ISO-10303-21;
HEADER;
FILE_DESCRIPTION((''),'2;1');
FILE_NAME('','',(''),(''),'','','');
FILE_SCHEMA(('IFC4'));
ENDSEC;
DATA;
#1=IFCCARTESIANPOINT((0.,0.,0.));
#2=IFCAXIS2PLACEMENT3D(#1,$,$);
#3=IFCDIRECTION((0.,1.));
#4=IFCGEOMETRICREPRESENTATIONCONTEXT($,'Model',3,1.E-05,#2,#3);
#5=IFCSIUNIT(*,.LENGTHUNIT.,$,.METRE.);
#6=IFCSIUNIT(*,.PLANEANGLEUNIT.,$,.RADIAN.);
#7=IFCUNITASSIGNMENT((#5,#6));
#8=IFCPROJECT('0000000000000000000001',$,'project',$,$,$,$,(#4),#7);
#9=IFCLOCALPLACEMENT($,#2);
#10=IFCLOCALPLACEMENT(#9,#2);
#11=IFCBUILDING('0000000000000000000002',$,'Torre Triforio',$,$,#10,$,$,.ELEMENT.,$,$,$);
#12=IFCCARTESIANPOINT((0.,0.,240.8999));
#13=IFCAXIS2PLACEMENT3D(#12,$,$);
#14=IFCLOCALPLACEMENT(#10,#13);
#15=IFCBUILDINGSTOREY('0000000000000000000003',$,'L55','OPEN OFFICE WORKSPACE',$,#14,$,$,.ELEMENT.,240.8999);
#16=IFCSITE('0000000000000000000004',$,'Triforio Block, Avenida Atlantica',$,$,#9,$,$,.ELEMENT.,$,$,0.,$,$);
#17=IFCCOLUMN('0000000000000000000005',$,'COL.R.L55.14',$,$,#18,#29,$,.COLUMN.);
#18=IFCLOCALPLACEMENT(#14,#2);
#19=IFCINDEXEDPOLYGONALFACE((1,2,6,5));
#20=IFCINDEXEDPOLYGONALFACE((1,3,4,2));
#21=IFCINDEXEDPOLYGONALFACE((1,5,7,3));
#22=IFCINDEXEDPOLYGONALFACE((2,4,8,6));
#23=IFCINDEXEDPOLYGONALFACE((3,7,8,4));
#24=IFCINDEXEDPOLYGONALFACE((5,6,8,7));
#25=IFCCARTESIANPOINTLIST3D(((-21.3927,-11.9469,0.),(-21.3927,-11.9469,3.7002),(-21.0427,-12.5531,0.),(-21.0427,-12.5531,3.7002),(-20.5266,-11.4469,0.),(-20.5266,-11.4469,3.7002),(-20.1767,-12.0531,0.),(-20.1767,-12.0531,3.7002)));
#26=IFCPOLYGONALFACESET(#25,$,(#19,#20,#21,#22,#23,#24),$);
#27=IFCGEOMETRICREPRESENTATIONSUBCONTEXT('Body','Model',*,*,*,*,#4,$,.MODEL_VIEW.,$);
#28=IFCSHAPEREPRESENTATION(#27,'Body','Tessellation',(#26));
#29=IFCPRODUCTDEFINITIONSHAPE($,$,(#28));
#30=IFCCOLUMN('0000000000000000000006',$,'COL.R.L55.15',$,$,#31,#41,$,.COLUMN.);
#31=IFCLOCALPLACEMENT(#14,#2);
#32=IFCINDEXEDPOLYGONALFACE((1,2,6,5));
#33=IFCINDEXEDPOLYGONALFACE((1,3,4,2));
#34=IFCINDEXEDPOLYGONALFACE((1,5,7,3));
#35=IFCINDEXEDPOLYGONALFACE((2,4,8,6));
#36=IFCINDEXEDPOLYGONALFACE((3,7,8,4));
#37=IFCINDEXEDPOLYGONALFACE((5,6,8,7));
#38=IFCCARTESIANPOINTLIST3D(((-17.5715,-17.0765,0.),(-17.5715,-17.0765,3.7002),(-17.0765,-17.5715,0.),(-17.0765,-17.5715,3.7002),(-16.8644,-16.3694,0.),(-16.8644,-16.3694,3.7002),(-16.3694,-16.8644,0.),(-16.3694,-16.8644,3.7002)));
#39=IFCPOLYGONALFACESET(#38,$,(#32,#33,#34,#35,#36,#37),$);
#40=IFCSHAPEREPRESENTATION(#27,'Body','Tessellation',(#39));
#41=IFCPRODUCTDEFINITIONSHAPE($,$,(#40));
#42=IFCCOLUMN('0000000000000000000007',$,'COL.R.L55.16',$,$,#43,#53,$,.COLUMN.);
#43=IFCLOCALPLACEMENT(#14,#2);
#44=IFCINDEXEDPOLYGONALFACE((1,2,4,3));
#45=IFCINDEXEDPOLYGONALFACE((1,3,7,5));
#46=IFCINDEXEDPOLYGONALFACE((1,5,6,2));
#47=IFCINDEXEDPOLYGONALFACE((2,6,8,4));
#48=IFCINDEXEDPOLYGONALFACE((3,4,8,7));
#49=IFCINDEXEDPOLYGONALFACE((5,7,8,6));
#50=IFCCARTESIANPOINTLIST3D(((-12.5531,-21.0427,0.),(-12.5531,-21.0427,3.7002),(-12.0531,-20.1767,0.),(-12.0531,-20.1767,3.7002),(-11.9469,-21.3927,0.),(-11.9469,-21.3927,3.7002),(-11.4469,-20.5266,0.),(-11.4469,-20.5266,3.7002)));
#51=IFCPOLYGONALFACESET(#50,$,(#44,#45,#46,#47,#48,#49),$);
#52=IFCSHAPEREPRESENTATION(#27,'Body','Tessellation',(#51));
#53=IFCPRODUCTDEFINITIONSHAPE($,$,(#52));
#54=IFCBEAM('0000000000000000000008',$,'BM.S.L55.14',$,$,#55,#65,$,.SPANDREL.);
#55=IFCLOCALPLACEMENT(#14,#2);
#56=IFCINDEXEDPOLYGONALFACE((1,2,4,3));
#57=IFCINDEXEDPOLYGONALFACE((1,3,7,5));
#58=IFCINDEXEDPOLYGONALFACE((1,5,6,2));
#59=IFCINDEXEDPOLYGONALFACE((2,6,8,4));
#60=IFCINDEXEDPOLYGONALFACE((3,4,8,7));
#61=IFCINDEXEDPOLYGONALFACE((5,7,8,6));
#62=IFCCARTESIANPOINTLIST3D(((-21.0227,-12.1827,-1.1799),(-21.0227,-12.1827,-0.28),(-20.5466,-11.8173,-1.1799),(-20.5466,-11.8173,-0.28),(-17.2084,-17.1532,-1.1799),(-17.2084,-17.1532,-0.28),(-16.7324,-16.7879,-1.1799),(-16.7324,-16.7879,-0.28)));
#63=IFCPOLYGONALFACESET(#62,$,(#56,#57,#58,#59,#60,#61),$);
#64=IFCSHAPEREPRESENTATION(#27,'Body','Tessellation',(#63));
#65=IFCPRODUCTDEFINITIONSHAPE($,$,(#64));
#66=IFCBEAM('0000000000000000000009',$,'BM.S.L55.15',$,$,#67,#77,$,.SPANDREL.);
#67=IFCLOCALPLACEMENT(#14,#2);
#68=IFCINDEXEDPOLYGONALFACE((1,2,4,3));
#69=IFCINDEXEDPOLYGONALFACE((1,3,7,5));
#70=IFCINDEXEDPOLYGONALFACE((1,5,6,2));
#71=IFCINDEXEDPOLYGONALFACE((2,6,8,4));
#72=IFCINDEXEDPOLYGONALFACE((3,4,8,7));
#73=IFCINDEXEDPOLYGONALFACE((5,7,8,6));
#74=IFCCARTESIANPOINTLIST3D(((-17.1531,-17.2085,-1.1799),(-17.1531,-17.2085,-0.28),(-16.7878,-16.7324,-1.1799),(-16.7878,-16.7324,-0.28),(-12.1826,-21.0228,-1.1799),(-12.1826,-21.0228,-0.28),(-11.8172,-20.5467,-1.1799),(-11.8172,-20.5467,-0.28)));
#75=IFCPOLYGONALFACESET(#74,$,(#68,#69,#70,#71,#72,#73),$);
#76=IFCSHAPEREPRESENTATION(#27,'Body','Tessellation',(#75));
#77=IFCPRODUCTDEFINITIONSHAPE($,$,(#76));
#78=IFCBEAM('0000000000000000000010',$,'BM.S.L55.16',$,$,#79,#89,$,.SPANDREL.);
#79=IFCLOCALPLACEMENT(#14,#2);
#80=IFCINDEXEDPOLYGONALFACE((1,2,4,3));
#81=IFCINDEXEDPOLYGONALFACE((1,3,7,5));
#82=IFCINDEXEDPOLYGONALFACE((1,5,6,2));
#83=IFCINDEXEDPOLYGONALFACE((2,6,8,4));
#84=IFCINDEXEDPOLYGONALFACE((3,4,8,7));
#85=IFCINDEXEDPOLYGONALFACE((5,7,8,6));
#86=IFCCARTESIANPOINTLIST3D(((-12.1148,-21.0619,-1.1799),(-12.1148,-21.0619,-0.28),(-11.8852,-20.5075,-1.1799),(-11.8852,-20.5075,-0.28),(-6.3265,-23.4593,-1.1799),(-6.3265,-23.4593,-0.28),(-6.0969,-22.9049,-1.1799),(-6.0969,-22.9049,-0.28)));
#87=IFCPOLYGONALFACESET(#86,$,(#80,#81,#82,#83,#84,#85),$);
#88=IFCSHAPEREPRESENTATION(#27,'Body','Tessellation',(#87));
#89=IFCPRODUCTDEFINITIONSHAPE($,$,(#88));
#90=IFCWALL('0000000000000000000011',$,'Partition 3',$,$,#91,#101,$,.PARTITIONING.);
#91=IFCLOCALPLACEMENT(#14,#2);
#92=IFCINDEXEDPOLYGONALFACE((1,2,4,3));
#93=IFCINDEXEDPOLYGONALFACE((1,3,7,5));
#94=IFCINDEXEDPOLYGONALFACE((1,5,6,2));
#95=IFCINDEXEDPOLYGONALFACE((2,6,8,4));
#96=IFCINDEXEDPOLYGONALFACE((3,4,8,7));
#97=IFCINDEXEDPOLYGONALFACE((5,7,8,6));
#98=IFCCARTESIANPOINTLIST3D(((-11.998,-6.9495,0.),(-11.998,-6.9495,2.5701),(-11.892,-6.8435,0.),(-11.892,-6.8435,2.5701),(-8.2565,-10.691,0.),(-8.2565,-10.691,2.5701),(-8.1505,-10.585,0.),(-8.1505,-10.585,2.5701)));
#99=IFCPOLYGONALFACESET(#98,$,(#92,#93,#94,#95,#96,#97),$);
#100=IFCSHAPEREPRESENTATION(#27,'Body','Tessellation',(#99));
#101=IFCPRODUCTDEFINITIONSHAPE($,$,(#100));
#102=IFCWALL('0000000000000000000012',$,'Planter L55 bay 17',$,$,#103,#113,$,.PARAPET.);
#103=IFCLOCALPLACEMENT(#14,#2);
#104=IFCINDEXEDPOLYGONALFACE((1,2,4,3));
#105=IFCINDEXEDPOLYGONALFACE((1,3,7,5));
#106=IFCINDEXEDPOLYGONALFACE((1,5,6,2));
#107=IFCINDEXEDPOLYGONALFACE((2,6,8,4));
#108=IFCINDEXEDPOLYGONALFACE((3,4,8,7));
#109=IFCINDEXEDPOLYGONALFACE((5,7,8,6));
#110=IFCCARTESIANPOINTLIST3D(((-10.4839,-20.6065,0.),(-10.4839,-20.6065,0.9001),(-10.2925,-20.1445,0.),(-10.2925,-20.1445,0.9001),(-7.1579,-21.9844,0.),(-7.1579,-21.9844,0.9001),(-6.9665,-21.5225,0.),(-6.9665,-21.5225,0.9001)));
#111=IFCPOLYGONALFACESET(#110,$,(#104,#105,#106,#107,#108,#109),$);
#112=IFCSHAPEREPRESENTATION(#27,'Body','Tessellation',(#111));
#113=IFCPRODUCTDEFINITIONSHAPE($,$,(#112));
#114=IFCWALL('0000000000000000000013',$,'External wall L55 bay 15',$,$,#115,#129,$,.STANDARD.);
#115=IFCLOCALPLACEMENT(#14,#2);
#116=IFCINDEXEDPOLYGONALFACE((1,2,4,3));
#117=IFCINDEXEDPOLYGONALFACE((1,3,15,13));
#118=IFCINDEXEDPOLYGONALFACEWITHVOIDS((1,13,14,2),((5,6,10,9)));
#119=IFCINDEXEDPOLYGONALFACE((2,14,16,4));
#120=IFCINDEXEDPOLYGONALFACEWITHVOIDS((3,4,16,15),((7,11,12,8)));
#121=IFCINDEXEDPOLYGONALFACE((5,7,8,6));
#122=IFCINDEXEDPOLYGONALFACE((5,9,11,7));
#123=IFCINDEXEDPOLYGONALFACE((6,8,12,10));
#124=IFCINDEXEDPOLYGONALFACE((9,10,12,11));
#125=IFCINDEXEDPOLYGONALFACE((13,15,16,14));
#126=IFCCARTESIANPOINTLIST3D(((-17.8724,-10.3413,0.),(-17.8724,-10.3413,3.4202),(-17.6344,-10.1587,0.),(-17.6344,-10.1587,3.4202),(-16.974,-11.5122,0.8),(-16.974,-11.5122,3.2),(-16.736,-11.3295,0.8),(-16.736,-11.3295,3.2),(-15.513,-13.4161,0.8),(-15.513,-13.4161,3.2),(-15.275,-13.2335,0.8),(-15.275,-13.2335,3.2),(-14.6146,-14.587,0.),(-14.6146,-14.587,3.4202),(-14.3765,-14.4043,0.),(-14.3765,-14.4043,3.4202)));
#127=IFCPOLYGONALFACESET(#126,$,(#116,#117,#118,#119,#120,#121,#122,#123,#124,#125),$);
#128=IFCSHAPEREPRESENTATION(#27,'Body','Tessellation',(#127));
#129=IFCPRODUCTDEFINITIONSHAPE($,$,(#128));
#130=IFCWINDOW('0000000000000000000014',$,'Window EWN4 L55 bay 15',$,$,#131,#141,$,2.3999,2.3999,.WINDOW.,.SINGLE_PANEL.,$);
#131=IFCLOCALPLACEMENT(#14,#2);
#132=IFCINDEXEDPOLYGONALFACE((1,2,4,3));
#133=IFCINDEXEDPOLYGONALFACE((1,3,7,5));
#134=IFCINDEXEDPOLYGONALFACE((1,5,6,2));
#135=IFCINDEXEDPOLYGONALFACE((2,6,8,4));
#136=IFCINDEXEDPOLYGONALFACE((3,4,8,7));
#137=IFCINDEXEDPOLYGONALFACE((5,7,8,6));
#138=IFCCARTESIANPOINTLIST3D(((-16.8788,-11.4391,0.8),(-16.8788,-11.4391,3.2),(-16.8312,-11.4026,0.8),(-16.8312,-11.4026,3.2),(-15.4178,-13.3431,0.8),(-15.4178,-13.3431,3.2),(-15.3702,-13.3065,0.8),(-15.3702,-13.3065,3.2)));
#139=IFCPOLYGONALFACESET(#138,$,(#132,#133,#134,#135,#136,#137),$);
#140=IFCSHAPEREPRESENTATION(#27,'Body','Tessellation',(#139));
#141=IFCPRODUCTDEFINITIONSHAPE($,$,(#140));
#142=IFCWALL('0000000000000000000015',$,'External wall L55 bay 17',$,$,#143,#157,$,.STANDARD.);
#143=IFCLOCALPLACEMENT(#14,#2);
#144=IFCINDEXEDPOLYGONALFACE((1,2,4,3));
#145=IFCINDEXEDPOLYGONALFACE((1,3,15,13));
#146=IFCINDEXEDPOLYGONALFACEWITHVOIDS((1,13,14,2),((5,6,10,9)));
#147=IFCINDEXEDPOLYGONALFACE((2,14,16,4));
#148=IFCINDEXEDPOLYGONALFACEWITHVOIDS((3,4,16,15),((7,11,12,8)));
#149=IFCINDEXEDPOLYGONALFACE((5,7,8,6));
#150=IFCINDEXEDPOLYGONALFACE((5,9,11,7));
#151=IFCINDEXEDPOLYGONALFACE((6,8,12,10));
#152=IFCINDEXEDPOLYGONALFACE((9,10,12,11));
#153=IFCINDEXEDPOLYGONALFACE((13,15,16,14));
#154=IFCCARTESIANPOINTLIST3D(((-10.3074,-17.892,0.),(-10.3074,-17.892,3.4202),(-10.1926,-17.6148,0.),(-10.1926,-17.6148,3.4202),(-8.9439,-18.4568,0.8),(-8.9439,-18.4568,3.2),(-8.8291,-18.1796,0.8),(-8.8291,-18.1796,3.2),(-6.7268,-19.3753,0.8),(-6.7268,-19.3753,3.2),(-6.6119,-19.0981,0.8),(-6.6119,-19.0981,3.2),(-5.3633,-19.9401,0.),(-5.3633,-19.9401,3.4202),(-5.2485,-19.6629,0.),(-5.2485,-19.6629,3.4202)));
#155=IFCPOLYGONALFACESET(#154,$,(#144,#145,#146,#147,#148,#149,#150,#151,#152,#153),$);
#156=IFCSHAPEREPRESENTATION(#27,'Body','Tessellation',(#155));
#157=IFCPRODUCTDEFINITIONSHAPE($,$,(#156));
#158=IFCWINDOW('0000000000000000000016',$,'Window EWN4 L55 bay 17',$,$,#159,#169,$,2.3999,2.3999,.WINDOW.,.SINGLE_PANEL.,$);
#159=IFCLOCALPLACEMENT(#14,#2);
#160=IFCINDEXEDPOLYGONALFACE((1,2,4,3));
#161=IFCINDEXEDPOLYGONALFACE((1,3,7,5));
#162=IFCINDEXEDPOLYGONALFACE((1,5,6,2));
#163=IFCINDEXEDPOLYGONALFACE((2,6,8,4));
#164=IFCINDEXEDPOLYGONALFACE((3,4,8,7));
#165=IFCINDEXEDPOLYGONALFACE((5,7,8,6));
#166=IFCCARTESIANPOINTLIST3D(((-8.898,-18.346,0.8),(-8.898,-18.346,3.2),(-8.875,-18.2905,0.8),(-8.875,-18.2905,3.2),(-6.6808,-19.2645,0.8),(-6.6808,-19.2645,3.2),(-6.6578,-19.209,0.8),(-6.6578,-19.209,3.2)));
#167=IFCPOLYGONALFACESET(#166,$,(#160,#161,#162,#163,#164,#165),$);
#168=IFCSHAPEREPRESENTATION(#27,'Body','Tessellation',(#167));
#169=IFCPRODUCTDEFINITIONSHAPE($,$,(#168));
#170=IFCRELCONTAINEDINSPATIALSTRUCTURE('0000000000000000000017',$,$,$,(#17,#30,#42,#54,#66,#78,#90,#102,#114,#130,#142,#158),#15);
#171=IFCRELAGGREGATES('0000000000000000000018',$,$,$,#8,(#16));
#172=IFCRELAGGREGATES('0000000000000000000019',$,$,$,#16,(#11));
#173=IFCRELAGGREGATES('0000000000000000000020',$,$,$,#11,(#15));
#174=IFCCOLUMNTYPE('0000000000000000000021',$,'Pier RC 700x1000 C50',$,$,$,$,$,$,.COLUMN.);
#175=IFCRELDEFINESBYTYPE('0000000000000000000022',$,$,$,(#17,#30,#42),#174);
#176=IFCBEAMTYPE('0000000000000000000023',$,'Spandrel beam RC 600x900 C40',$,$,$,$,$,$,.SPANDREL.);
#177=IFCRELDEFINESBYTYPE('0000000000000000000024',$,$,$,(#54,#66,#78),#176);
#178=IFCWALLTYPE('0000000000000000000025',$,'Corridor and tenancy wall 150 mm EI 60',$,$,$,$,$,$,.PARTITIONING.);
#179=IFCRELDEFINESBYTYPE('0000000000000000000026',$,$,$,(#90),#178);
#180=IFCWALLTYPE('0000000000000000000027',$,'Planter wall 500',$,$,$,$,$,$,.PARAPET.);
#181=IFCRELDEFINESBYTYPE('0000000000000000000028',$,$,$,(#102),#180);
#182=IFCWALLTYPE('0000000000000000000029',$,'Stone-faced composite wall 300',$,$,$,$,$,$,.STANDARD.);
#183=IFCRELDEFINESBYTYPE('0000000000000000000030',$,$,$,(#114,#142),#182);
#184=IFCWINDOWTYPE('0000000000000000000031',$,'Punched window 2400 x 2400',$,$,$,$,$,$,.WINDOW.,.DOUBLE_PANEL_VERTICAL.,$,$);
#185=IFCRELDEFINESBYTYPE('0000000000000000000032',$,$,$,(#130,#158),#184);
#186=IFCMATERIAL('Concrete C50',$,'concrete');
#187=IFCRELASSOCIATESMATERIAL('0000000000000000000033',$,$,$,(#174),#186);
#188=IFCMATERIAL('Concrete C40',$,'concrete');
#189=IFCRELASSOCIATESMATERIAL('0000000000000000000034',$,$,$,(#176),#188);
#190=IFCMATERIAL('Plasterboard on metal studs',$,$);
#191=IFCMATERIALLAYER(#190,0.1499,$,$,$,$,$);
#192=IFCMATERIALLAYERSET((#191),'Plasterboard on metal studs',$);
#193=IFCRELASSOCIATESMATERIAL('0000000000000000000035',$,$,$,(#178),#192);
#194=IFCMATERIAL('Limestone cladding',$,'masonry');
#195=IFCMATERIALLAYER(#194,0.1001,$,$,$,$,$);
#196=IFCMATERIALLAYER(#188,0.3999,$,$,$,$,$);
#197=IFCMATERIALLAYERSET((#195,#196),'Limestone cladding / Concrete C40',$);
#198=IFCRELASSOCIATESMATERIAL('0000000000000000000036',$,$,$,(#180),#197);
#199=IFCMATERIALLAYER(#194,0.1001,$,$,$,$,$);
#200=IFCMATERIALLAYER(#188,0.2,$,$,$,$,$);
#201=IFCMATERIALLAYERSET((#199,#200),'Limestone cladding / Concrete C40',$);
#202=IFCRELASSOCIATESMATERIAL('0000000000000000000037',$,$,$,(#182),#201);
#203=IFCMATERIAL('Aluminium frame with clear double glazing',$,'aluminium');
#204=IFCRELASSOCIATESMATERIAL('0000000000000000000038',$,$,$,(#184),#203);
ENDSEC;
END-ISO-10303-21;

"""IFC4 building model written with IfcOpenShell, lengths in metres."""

from ifc_helpers import new_model, si_unit, direction, frame, frame_2d, origin, origin_2d, place, context, subcontext, project, spatial, rectangle, extrude, material, layer, layer_set, material_profile, profile_set, type_object, element, fill, save


model = new_model("IFC4")

# Units and contexts
model_context = context("Model", 3, precision=1e-05, world=origin(), true_north=direction((0.0, 1.0)))
body_context = subcontext(model_context, "Body", "Model", "MODEL_VIEW")
ifc_project = project(units=[si_unit("LENGTHUNIT", "METRE"), si_unit("PLANEANGLEUNIT", "RADIAN")], contexts=[model_context])

# Site, building, storey
site_placement = place(None, origin())
site = spatial("IfcSite", under=ifc_project, at=site_placement, Name="Triforio Block, Avenida Atlantica", CompositionType="ELEMENT", RefElevation=0.0)
building_placement = place(site_placement, origin())
building = spatial("IfcBuilding", under=site, at=building_placement, Name="Torre Triforio", CompositionType="ELEMENT")
storey_placement = place(building_placement, frame((0.0, 0.0, 240.8999)))
storey = spatial("IfcBuildingStorey", under=building, at=storey_placement, Name="L55", Description="OPEN OFFICE WORKSPACE", CompositionType="ELEMENT", Elevation=240.8999)

# Columns
ifc_material_1 = material(Name="Concrete C50", Category="concrete")
ifc_material_profile_1 = material_profile(ifc_material_1, rectangle(XDim=0.7, YDim=1.0, at=origin_2d()), Name="RC 700x1000")
ifc_profile_set_1 = profile_set([ifc_material_profile_1], Name="Concrete C50")
column_type = type_object("IfcColumnType", Name="Pier RC 700x1000 C50", PredefinedType="COLUMN", material=ifc_profile_set_1)
for number, where, z_axis, x_axis, name in (
    (1, (-20.7847, -12.0, 0.0), (0.0, 0.0, 1.0), (0.5, -0.866025, 0.0), "COL.R.L55.14"),
    (2, (-16.9705, -16.9705, 0.0), (0.0, 0.0, 1.0), (0.707107, -0.707107, 0.0), "COL.R.L55.15"),
    (3, (-12.0, -20.7847, 0.0), (0.0, 0.0, 1.0), (0.866025, -0.5, 0.0), "COL.R.L55.16"),
):
    element("IfcColumn", number, at=place(storey_placement, frame(where, z_axis=z_axis, x_axis=x_axis)), inside=storey, type_object=column_type, Name=name, PredefinedType="COLUMN", context=body_context, shape_type="SweptSolid", body=[
        extrude(rectangle(XDim=0.7, YDim=1.0, at=origin_2d()), origin(), (0.0, 0.0, 1.0), 3.7002),
    ])

# Beams
ifc_material_2 = material(Name="Concrete C40", Category="concrete")
ifc_material_profile_2 = material_profile(ifc_material_2, rectangle(XDim=0.6001, YDim=0.8999, at=origin_2d()), Name="RC 600x900")
ifc_profile_set_2 = profile_set([ifc_material_profile_2], Name="Concrete C40")
beam_type = type_object("IfcBeamType", Name="Spandrel beam RC 600x900 C40", PredefinedType="SPANDREL", material=ifc_profile_set_2)
for number, where, z_axis, x_axis, name in (
    (4, (-20.7847, -12.0, -0.73), (0.608786, -0.793335, 0.0), (0.793335, 0.608786, 0.0), "BM.S.L55.14"),
    (5, (-16.9705, -16.9705, -0.73), (0.793335, -0.608786, 0.0), (0.608786, 0.793335, 0.0), "BM.S.L55.15"),
):
    element("IfcBeam", number, at=place(storey_placement, frame(where, z_axis=z_axis, x_axis=x_axis)), inside=storey, type_object=beam_type, Name=name, PredefinedType="SPANDREL", context=body_context, shape_type="SweptSolid", body=[
        extrude(rectangle(XDim=0.6001, YDim=0.8999, at=origin_2d()), origin(), (0.0, 0.0, 1.0), 6.2654),
    ])
beam_placement = place(storey_placement, frame((-12.0, -20.7847, -0.73), z_axis=(0.923888, -0.382664, 0.0), x_axis=(0.382664, 0.923888, 0.0)))
element("IfcBeam", 6, at=beam_placement, inside=storey, type_object=beam_type, Name="BM.S.L55.16", PredefinedType="SPANDREL", context=body_context, shape_type="SweptSolid", body=[
    extrude(rectangle(XDim=0.6001, YDim=0.8999, at=origin_2d()), origin(), (0.0, 0.0, 1.0), 6.2651),
])

# Walls
ifc_material_3 = material(Name="Plasterboard on metal studs")
ifc_layer_1 = layer(ifc_material_3, 0.1499)
ifc_layer_set_1 = layer_set([ifc_layer_1], Name="Plasterboard on metal studs")
wall_type_1 = type_object("IfcWallType", Name="Corridor and tenancy wall 150 mm EI 60", PredefinedType="PARTITIONING", material=ifc_layer_set_1)
wall_1_placement = place(storey_placement, frame((-8.2036, -10.6379, 0.0), z_axis=(0.0, 0.0, 1.0), x_axis=(-0.707107, 0.707107, 0.0)))
element("IfcWall", 7, at=wall_1_placement, inside=storey, type_object=wall_type_1, Name="Partition 3", PredefinedType="PARTITIONING", context=body_context, shape_type="SweptSolid", body=[
    extrude(rectangle(XDim=5.2913, YDim=0.1499, at=frame_2d((2.6455, 0.0))), origin(), (0.0, 0.0, 1.0), 2.5701),
])
ifc_material_4 = material(Name="Limestone cladding", Category="masonry")
ifc_layer_2 = layer(ifc_material_4, 0.1001)
ifc_layer_3 = layer(ifc_material_2, 0.3999)
ifc_layer_set_2 = layer_set([ifc_layer_2, ifc_layer_3], Name="Limestone cladding / Concrete C40")
wall_type_2 = type_object("IfcWallType", Name="Planter wall 500", PredefinedType="PARAPET", material=ifc_layer_set_2)
wall_2_placement = place(storey_placement, frame((-10.3882, -20.3755, 0.0), z_axis=(0.0, 0.0, 1.0), x_axis=(0.923852, -0.382751, 0.0)))
element("IfcWall", 8, at=wall_2_placement, inside=storey, type_object=wall_type_2, Name="Planter L55 bay 17", PredefinedType="PARAPET", context=body_context, shape_type="SweptSolid", body=[
    extrude(rectangle(XDim=3.6001, YDim=0.5, at=frame_2d((1.8, 0.0))), origin(), (0.0, 0.0, 1.0), 0.9001),
])

# Wall, opening, window
ifc_layer_4 = layer(ifc_material_4, 0.1001)
ifc_layer_5 = layer(ifc_material_2, 0.2)
ifc_layer_set_3 = layer_set([ifc_layer_4, ifc_layer_5], Name="Limestone cladding / Concrete C40")
wall_type_3 = type_object("IfcWallType", Name="Stone-faced composite wall 300", PredefinedType="STANDARD", material=ifc_layer_set_3)
wall_3_placement = place(storey_placement, frame((-17.7534, -10.25, 0.0), z_axis=(0.0, 0.0, 1.0), x_axis=(0.608767, -0.793349, 0.0)))
wall_3 = element("IfcWall", 9, at=wall_3_placement, inside=storey, type_object=wall_type_3, Name="External wall L55 bay 15", PredefinedType="STANDARD", context=body_context, shape_type="SweptSolid", body=[
    extrude(rectangle(XDim=5.3516, YDim=0.3, at=frame_2d((2.6758, 0.0))), origin(), (0.0, 0.0, 1.0), 3.4202),
])
opening_1_placement = place(wall_3_placement, frame((1.4758, 0.0, 0.8)))
opening_1 = element("IfcOpeningElement", 10, at=opening_1_placement, cuts=wall_3, PredefinedType="OPENING", context=body_context, shape_type="SweptSolid", body=[
    extrude(rectangle(XDim=2.3999, YDim=2.3999, at=frame_2d((1.2, 1.2))), frame((0.0, 0.1599, 0.0), z_axis=(0.0, -1.0, 0.0), x_axis=(1.0, 0.0, 0.0)), (0.0, 0.0, 1.0), 0.3201),
])
ifc_material_5 = material(Name="Aluminium frame with clear double glazing", Category="aluminium")
window_type_1 = type_object("IfcWindowType", Name="Punched window 2400 x 2400", PartitioningType="DOUBLE_PANEL_VERTICAL", PredefinedType="WINDOW", material=ifc_material_5)
window_1_placement = place(opening_1_placement, origin())
window_1 = element("IfcWindow", 11, at=window_1_placement, inside=storey, type_object=window_type_1, Name="Window EWN4 L55 bay 15", OverallHeight=2.3999, OverallWidth=2.3999, PartitioningType="SINGLE_PANEL", PredefinedType="WINDOW", context=body_context, shape_type="SweptSolid", body=[
    extrude(rectangle(XDim=2.3999, YDim=2.3999, at=frame_2d((1.2, 1.2))), frame((0.0, 0.03, 0.0), z_axis=(0.0, -1.0, 0.0), x_axis=(1.0, 0.0, 0.0)), (0.0, 0.0, 1.0), 0.0601),
])
fill(opening_1, window_1)

# Wall, opening, window
wall_4_placement = place(storey_placement, frame((-10.25, -17.7534, 0.0), z_axis=(0.0, 0.0, 1.0), x_axis=(0.923867, -0.382713, 0.0)))
wall_4 = element("IfcWall", 12, at=wall_4_placement, inside=storey, type_object=wall_type_3, Name="External wall L55 bay 17", PredefinedType="STANDARD", context=body_context, shape_type="SweptSolid", body=[
    extrude(rectangle(XDim=5.3516, YDim=0.3, at=frame_2d((2.6758, 0.0))), origin(), (0.0, 0.0, 1.0), 3.4202),
])
opening_2_placement = place(wall_4_placement, frame((1.4758, 0.0, 0.8)))
opening_2 = element("IfcOpeningElement", 13, at=opening_2_placement, cuts=wall_4, PredefinedType="OPENING", context=body_context, shape_type="SweptSolid", body=[
    extrude(rectangle(XDim=2.3999, YDim=2.3999, at=frame_2d((1.2, 1.2))), frame((0.0, 0.1599, 0.0), z_axis=(0.0, -1.0, 0.0), x_axis=(1.0, 0.0, 0.0)), (0.0, 0.0, 1.0), 0.3201),
])
window_2_placement = place(opening_2_placement, origin())
window_2 = element("IfcWindow", 14, at=window_2_placement, inside=storey, type_object=window_type_1, Name="Window EWN4 L55 bay 17", OverallHeight=2.3999, OverallWidth=2.3999, PartitioningType="SINGLE_PANEL", PredefinedType="WINDOW", context=body_context, shape_type="SweptSolid", body=[
    extrude(rectangle(XDim=2.3999, YDim=2.3999, at=frame_2d((1.2, 1.2))), frame((0.0, 0.03, 0.0), z_axis=(0.0, -1.0, 0.0), x_axis=(1.0, 0.0, 0.0)), (0.0, 0.0, 1.0), 0.0601),
])
fill(opening_2, window_2)

save(model, "model.ifc")
